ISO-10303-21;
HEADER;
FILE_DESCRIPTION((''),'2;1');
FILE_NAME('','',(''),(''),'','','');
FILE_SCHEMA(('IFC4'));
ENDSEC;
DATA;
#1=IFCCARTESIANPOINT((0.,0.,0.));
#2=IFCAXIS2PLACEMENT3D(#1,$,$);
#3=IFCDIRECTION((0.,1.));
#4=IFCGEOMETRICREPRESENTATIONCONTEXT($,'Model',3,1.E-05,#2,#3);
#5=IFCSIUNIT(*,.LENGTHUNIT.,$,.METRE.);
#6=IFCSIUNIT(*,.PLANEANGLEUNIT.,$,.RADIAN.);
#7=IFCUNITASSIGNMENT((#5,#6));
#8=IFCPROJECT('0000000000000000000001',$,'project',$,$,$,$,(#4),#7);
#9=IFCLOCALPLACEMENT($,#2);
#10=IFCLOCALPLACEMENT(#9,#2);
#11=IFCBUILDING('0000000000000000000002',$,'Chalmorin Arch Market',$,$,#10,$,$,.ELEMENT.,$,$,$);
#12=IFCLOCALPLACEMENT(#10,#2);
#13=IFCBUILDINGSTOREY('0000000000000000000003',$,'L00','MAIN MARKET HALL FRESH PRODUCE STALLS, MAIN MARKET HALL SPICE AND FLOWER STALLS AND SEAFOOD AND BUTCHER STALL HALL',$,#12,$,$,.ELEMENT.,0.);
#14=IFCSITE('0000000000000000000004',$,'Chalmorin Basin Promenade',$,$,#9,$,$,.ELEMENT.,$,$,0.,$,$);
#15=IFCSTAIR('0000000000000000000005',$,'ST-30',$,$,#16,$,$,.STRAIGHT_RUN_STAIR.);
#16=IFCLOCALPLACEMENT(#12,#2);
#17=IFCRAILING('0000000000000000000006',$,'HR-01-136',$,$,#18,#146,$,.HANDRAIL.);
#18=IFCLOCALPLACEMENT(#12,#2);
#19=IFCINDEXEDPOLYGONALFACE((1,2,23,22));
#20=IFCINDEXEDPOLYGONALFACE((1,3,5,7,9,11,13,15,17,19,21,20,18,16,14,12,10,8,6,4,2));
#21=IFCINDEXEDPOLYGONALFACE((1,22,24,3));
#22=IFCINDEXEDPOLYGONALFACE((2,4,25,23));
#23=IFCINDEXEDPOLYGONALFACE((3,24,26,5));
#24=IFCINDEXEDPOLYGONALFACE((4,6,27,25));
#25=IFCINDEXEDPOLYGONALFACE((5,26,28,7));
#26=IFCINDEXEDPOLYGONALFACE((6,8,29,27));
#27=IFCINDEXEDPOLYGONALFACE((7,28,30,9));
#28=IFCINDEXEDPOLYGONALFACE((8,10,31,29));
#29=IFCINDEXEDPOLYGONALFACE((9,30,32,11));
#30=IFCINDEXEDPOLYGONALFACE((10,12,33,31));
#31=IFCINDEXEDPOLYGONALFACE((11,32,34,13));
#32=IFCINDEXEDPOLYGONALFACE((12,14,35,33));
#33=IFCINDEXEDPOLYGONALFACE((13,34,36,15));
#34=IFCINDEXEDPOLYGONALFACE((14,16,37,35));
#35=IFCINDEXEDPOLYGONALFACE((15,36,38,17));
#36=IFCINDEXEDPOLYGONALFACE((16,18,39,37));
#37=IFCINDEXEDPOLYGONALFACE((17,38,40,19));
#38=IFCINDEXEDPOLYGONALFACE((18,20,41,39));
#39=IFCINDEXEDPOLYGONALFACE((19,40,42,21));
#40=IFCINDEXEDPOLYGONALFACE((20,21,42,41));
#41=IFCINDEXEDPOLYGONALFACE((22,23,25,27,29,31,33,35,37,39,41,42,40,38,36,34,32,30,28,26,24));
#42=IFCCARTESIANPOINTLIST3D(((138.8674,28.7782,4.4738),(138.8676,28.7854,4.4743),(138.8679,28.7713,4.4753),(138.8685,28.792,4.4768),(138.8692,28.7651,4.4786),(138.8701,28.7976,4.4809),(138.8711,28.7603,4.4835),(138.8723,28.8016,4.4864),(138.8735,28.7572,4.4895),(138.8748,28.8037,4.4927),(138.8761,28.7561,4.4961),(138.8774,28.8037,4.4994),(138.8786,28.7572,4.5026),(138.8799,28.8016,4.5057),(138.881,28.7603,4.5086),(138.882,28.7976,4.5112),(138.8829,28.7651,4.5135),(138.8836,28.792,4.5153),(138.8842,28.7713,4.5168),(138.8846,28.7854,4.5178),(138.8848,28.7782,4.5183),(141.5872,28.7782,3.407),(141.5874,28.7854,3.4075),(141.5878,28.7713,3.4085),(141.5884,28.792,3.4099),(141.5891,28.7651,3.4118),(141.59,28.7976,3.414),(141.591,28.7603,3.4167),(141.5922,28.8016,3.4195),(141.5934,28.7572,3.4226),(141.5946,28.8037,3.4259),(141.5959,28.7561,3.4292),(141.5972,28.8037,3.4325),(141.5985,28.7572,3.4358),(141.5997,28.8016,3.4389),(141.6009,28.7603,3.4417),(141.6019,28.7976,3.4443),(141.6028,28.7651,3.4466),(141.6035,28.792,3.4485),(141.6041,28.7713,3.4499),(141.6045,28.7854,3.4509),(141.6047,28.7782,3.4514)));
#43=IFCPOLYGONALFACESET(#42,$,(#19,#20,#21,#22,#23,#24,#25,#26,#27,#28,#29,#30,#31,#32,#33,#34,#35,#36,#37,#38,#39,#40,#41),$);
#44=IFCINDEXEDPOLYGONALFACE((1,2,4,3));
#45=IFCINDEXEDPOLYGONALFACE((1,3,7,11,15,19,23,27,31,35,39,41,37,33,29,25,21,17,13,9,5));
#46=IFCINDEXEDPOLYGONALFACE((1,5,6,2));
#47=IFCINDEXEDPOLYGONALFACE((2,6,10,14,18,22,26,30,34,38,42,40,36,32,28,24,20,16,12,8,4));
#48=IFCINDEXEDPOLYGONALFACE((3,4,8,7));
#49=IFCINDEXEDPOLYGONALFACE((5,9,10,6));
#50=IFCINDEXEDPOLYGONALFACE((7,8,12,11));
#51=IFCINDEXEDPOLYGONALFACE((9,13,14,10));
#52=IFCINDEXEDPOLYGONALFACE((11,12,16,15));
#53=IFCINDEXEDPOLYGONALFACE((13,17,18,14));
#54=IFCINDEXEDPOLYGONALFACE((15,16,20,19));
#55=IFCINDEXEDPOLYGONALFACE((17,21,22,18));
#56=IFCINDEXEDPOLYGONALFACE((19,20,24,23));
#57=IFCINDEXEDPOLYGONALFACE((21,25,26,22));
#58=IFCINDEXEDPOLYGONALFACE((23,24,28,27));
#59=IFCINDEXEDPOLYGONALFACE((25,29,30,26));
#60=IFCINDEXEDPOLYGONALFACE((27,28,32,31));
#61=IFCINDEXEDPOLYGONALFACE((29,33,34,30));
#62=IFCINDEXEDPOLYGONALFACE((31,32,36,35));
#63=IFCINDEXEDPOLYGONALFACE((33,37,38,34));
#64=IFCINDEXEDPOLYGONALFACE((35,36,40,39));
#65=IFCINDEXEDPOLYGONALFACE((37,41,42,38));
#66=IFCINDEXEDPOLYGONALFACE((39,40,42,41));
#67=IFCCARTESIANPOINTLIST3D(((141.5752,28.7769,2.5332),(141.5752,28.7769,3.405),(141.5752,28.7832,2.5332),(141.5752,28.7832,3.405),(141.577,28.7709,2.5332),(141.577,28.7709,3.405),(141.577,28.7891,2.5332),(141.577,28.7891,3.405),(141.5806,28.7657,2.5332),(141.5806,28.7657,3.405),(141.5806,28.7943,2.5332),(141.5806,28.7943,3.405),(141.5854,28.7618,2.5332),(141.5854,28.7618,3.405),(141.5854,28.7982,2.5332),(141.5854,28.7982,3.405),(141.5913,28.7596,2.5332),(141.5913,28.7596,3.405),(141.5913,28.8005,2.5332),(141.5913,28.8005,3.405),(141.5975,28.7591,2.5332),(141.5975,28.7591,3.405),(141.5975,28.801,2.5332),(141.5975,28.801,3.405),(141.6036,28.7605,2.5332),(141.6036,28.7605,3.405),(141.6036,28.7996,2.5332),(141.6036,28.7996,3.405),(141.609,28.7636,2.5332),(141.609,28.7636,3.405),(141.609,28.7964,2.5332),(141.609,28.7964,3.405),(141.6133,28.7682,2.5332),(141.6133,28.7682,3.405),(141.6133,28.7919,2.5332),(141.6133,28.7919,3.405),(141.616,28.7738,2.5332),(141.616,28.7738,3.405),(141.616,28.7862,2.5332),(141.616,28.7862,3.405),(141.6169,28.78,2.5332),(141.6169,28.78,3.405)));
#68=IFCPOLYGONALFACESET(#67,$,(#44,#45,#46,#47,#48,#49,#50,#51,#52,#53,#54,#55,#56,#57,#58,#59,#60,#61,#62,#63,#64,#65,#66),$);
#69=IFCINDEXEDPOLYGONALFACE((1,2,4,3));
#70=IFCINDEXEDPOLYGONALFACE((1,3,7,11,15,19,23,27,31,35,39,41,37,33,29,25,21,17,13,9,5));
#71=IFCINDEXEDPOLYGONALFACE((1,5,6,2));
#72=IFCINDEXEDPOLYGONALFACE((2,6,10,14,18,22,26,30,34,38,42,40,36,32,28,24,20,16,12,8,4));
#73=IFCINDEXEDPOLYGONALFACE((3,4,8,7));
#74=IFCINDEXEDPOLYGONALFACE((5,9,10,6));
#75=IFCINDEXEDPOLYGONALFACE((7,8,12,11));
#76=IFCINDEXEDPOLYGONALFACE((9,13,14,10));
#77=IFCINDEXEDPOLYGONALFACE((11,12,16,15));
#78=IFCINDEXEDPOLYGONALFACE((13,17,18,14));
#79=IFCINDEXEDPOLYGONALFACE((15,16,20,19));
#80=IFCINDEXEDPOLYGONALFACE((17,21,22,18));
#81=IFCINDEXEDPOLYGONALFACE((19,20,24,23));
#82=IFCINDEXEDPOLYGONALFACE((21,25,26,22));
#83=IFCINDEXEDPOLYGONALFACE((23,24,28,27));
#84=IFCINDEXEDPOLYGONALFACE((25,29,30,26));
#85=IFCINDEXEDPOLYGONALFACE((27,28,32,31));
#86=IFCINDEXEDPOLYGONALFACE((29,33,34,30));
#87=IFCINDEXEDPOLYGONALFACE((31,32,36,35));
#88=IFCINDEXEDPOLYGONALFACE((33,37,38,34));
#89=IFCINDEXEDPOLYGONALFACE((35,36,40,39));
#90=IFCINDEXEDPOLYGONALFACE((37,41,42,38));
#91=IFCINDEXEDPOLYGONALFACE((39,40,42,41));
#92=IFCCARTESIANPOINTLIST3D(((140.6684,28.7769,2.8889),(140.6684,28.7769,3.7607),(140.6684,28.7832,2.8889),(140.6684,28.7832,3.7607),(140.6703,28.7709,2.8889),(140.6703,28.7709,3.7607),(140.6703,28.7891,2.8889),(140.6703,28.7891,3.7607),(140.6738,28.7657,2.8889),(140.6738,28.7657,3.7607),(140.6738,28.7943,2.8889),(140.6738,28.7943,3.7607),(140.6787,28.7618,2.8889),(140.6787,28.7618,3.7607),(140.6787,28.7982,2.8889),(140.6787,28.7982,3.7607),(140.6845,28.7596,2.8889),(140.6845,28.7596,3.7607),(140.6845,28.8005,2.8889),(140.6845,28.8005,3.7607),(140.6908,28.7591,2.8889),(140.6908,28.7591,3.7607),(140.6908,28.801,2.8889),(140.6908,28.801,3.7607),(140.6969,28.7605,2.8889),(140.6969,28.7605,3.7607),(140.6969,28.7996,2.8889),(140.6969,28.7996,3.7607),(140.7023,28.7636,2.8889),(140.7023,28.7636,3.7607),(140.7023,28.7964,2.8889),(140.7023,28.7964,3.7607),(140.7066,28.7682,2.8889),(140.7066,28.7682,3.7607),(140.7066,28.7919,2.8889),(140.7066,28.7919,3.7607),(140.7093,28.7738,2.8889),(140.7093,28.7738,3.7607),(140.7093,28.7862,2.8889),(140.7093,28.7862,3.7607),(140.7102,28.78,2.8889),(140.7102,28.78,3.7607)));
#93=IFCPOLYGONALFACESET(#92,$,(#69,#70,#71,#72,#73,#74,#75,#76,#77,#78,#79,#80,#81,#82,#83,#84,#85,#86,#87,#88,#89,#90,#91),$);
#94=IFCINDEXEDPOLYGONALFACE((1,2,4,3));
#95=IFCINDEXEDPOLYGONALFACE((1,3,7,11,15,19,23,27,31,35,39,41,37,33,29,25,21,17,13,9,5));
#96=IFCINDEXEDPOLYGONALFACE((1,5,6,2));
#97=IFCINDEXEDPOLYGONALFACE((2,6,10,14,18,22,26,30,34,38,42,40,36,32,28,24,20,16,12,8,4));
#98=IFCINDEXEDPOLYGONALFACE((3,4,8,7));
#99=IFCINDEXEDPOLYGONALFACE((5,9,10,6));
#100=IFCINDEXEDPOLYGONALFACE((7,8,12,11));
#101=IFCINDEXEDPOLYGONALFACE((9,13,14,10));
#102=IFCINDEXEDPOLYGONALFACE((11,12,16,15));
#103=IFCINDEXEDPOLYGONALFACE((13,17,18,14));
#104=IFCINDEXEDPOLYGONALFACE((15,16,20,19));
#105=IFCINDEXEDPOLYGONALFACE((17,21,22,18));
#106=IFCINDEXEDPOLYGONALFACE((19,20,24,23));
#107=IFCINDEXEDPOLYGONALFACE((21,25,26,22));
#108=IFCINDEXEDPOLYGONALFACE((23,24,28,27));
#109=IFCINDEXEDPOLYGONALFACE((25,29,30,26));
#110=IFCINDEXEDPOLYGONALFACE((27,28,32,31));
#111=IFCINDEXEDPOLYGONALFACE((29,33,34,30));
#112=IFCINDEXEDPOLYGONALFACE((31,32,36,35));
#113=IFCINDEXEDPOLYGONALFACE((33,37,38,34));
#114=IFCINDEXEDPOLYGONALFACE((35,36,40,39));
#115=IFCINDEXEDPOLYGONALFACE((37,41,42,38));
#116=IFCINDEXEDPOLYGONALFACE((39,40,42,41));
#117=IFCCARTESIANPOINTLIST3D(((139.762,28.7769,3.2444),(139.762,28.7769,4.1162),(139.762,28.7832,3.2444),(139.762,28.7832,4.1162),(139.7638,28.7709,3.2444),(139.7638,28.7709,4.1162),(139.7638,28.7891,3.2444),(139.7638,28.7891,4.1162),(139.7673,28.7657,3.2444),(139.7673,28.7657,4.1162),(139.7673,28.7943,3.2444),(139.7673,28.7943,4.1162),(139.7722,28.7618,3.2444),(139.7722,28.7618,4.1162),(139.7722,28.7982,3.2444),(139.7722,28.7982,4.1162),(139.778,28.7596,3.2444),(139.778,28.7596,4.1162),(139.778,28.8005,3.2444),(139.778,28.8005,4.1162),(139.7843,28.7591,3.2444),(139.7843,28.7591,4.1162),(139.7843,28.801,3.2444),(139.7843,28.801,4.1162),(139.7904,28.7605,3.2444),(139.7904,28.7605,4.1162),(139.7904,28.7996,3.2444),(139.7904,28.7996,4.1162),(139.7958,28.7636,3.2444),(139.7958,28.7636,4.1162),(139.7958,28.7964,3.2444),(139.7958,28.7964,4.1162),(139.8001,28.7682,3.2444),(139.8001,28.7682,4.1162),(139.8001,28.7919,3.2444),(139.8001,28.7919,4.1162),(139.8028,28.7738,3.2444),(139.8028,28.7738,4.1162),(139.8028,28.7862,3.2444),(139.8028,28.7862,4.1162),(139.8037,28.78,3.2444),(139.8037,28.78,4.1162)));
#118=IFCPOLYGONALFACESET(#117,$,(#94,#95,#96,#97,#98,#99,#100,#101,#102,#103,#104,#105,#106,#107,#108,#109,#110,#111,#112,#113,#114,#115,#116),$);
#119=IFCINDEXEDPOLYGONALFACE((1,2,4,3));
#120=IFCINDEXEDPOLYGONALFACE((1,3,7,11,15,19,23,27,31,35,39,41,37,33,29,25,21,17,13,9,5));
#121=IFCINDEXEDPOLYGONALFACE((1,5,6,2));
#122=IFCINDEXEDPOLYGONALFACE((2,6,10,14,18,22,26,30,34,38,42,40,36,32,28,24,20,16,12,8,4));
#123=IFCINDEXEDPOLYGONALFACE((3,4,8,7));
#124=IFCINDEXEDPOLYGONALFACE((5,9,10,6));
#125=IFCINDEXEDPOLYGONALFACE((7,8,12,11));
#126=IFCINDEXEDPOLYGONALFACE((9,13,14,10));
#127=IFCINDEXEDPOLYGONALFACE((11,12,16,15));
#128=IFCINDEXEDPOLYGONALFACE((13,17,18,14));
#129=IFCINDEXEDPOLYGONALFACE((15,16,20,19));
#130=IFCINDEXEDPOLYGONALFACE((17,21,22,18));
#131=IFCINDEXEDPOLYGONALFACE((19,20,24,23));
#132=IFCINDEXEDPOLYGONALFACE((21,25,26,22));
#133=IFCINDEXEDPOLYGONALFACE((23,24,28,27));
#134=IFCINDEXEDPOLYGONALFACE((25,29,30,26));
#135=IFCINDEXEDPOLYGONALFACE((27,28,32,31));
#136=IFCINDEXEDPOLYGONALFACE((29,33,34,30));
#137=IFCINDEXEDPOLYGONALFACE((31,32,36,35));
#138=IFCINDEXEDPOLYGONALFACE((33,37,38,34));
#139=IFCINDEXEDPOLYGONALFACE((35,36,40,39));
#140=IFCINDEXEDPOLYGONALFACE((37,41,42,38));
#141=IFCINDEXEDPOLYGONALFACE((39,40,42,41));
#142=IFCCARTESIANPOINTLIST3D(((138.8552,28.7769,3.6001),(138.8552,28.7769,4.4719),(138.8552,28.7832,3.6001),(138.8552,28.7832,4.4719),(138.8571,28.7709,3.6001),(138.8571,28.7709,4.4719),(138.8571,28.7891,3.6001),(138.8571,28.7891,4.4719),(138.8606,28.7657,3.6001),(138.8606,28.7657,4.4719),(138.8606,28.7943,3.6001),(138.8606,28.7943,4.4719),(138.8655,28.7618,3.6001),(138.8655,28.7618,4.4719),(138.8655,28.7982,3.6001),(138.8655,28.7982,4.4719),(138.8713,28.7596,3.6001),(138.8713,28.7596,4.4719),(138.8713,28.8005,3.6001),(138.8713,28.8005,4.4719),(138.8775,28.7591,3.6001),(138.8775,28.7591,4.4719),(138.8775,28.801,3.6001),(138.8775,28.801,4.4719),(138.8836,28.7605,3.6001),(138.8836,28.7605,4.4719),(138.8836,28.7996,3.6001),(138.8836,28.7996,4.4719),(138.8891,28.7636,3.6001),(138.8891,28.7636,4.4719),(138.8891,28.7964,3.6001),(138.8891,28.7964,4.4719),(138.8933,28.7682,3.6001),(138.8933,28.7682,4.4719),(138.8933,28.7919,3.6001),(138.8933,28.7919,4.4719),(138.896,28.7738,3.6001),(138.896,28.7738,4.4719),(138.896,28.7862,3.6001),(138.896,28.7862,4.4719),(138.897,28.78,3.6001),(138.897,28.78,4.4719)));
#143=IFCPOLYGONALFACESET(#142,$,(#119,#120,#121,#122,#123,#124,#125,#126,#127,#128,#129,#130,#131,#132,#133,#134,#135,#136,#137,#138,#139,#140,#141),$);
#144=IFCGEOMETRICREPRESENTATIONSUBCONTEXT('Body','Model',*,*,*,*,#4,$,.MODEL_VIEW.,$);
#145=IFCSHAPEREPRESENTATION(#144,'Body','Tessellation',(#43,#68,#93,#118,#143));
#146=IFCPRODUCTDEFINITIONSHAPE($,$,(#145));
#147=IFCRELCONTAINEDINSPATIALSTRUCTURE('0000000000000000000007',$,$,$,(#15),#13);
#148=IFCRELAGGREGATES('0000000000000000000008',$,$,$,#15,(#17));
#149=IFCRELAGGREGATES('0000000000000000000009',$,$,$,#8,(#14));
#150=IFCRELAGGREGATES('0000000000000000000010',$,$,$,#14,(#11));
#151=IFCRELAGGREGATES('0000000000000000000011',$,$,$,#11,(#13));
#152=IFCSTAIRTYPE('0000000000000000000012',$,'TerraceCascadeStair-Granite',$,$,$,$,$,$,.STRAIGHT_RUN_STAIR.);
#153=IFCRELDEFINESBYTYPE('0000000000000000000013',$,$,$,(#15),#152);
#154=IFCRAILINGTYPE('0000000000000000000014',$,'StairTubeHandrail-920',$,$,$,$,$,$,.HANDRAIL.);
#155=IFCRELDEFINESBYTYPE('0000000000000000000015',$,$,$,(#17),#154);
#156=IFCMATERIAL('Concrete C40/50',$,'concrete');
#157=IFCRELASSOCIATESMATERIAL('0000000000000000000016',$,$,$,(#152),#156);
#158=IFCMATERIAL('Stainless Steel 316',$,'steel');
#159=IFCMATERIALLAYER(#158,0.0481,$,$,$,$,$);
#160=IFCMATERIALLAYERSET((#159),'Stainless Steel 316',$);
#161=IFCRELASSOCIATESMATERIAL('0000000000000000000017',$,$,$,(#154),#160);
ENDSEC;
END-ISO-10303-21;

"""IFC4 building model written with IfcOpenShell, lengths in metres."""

from ifc_helpers import new_model, si_unit, direction, frame, origin, origin_2d, place, context, subcontext, project, spatial, circle, extrude, material, layer, layer_set, type_object, element, aggregate, save


model = new_model("IFC4")

# Units and contexts
model_context = context("Model", 3, precision=1e-05, world=origin(), true_north=direction((0.0, 1.0)))
body_context = subcontext(model_context, "Body", "Model", "MODEL_VIEW")
ifc_project = project(units=[si_unit("LENGTHUNIT", "METRE"), si_unit("PLANEANGLEUNIT", "RADIAN")], contexts=[model_context])

# Site, building, storey
site_placement = place(None, origin())
site = spatial("IfcSite", under=ifc_project, at=site_placement, Name="Chalmorin Basin Promenade", CompositionType="ELEMENT", RefElevation=0.0)
building_placement = place(site_placement, origin())
building = spatial("IfcBuilding", under=site, at=building_placement, Name="Chalmorin Arch Market", CompositionType="ELEMENT")
storey_placement = place(building_placement, origin())
storey = spatial("IfcBuildingStorey", under=building, at=storey_placement, Name="L00", Description="MAIN MARKET HALL FRESH PRODUCE STALLS, MAIN MARKET HALL SPICE AND FLOWER STALLS AND SEAFOOD AND BUTCHER STALL HALL", CompositionType="ELEMENT", Elevation=0.0)

# Shared definitions
ifc_material_1 = material(Name="Concrete C40/50", Category="concrete")

# Stair
stair_type = type_object("IfcStairType", Name="TerraceCascadeStair-Granite", PredefinedType="STRAIGHT_RUN_STAIR", material=ifc_material_1)
stair_1_placement = place(storey_placement, origin())
stair_1 = element("IfcStair", 1, at=stair_1_placement, inside=storey, type_object=stair_type, Name="ST-30", PredefinedType="STRAIGHT_RUN_STAIR")

# Railing
ifc_material_2 = material(Name="Stainless Steel 316", Category="steel")
ifc_layer_1 = layer(ifc_material_2, 0.0481)
ifc_layer_set_1 = layer_set([ifc_layer_1], Name="Stainless Steel 316")
railing_type_1 = type_object("IfcRailingType", Name="StairTubeHandrail-920", PredefinedType="HANDRAIL", material=ifc_layer_set_1)
railing_1_placement = place(storey_placement, frame((141.5959, 28.78, 2.5332)))
railing_1 = element("IfcRailing", 2, at=railing_1_placement, type_object=railing_type_1, Name="HR-01-136", PredefinedType="HANDRAIL", context=body_context, shape_type="SweptSolid", body=[
    extrude(circle(Radius=0.0239, at=origin_2d()), frame((0.0, 0.0, 0.896), z_axis=(-0.930945, 0.0, 0.365159), x_axis=(0.0, -1.0, 0.0)), (0.0, 0.0, 1.0), 2.9216),
    extrude(circle(Radius=0.021, at=origin_2d()), origin(), (0.0, 0.0, 1.0), 0.8718),
    extrude(circle(Radius=0.021, at=origin_2d()), frame((-0.9067, 0.0, 0.3557)), (0.0, 0.0, 1.0), 0.8718),
    extrude(circle(Radius=0.021, at=origin_2d()), frame((-1.8132, 0.0, 0.7112)), (0.0, 0.0, 1.0), 0.8718),
    extrude(circle(Radius=0.021, at=origin_2d()), frame((-2.72, 0.0, 1.0669)), (0.0, 0.0, 1.0), 0.8718),
])
aggregate(stair_1, [railing_1])

save(model, "model.ifc")
